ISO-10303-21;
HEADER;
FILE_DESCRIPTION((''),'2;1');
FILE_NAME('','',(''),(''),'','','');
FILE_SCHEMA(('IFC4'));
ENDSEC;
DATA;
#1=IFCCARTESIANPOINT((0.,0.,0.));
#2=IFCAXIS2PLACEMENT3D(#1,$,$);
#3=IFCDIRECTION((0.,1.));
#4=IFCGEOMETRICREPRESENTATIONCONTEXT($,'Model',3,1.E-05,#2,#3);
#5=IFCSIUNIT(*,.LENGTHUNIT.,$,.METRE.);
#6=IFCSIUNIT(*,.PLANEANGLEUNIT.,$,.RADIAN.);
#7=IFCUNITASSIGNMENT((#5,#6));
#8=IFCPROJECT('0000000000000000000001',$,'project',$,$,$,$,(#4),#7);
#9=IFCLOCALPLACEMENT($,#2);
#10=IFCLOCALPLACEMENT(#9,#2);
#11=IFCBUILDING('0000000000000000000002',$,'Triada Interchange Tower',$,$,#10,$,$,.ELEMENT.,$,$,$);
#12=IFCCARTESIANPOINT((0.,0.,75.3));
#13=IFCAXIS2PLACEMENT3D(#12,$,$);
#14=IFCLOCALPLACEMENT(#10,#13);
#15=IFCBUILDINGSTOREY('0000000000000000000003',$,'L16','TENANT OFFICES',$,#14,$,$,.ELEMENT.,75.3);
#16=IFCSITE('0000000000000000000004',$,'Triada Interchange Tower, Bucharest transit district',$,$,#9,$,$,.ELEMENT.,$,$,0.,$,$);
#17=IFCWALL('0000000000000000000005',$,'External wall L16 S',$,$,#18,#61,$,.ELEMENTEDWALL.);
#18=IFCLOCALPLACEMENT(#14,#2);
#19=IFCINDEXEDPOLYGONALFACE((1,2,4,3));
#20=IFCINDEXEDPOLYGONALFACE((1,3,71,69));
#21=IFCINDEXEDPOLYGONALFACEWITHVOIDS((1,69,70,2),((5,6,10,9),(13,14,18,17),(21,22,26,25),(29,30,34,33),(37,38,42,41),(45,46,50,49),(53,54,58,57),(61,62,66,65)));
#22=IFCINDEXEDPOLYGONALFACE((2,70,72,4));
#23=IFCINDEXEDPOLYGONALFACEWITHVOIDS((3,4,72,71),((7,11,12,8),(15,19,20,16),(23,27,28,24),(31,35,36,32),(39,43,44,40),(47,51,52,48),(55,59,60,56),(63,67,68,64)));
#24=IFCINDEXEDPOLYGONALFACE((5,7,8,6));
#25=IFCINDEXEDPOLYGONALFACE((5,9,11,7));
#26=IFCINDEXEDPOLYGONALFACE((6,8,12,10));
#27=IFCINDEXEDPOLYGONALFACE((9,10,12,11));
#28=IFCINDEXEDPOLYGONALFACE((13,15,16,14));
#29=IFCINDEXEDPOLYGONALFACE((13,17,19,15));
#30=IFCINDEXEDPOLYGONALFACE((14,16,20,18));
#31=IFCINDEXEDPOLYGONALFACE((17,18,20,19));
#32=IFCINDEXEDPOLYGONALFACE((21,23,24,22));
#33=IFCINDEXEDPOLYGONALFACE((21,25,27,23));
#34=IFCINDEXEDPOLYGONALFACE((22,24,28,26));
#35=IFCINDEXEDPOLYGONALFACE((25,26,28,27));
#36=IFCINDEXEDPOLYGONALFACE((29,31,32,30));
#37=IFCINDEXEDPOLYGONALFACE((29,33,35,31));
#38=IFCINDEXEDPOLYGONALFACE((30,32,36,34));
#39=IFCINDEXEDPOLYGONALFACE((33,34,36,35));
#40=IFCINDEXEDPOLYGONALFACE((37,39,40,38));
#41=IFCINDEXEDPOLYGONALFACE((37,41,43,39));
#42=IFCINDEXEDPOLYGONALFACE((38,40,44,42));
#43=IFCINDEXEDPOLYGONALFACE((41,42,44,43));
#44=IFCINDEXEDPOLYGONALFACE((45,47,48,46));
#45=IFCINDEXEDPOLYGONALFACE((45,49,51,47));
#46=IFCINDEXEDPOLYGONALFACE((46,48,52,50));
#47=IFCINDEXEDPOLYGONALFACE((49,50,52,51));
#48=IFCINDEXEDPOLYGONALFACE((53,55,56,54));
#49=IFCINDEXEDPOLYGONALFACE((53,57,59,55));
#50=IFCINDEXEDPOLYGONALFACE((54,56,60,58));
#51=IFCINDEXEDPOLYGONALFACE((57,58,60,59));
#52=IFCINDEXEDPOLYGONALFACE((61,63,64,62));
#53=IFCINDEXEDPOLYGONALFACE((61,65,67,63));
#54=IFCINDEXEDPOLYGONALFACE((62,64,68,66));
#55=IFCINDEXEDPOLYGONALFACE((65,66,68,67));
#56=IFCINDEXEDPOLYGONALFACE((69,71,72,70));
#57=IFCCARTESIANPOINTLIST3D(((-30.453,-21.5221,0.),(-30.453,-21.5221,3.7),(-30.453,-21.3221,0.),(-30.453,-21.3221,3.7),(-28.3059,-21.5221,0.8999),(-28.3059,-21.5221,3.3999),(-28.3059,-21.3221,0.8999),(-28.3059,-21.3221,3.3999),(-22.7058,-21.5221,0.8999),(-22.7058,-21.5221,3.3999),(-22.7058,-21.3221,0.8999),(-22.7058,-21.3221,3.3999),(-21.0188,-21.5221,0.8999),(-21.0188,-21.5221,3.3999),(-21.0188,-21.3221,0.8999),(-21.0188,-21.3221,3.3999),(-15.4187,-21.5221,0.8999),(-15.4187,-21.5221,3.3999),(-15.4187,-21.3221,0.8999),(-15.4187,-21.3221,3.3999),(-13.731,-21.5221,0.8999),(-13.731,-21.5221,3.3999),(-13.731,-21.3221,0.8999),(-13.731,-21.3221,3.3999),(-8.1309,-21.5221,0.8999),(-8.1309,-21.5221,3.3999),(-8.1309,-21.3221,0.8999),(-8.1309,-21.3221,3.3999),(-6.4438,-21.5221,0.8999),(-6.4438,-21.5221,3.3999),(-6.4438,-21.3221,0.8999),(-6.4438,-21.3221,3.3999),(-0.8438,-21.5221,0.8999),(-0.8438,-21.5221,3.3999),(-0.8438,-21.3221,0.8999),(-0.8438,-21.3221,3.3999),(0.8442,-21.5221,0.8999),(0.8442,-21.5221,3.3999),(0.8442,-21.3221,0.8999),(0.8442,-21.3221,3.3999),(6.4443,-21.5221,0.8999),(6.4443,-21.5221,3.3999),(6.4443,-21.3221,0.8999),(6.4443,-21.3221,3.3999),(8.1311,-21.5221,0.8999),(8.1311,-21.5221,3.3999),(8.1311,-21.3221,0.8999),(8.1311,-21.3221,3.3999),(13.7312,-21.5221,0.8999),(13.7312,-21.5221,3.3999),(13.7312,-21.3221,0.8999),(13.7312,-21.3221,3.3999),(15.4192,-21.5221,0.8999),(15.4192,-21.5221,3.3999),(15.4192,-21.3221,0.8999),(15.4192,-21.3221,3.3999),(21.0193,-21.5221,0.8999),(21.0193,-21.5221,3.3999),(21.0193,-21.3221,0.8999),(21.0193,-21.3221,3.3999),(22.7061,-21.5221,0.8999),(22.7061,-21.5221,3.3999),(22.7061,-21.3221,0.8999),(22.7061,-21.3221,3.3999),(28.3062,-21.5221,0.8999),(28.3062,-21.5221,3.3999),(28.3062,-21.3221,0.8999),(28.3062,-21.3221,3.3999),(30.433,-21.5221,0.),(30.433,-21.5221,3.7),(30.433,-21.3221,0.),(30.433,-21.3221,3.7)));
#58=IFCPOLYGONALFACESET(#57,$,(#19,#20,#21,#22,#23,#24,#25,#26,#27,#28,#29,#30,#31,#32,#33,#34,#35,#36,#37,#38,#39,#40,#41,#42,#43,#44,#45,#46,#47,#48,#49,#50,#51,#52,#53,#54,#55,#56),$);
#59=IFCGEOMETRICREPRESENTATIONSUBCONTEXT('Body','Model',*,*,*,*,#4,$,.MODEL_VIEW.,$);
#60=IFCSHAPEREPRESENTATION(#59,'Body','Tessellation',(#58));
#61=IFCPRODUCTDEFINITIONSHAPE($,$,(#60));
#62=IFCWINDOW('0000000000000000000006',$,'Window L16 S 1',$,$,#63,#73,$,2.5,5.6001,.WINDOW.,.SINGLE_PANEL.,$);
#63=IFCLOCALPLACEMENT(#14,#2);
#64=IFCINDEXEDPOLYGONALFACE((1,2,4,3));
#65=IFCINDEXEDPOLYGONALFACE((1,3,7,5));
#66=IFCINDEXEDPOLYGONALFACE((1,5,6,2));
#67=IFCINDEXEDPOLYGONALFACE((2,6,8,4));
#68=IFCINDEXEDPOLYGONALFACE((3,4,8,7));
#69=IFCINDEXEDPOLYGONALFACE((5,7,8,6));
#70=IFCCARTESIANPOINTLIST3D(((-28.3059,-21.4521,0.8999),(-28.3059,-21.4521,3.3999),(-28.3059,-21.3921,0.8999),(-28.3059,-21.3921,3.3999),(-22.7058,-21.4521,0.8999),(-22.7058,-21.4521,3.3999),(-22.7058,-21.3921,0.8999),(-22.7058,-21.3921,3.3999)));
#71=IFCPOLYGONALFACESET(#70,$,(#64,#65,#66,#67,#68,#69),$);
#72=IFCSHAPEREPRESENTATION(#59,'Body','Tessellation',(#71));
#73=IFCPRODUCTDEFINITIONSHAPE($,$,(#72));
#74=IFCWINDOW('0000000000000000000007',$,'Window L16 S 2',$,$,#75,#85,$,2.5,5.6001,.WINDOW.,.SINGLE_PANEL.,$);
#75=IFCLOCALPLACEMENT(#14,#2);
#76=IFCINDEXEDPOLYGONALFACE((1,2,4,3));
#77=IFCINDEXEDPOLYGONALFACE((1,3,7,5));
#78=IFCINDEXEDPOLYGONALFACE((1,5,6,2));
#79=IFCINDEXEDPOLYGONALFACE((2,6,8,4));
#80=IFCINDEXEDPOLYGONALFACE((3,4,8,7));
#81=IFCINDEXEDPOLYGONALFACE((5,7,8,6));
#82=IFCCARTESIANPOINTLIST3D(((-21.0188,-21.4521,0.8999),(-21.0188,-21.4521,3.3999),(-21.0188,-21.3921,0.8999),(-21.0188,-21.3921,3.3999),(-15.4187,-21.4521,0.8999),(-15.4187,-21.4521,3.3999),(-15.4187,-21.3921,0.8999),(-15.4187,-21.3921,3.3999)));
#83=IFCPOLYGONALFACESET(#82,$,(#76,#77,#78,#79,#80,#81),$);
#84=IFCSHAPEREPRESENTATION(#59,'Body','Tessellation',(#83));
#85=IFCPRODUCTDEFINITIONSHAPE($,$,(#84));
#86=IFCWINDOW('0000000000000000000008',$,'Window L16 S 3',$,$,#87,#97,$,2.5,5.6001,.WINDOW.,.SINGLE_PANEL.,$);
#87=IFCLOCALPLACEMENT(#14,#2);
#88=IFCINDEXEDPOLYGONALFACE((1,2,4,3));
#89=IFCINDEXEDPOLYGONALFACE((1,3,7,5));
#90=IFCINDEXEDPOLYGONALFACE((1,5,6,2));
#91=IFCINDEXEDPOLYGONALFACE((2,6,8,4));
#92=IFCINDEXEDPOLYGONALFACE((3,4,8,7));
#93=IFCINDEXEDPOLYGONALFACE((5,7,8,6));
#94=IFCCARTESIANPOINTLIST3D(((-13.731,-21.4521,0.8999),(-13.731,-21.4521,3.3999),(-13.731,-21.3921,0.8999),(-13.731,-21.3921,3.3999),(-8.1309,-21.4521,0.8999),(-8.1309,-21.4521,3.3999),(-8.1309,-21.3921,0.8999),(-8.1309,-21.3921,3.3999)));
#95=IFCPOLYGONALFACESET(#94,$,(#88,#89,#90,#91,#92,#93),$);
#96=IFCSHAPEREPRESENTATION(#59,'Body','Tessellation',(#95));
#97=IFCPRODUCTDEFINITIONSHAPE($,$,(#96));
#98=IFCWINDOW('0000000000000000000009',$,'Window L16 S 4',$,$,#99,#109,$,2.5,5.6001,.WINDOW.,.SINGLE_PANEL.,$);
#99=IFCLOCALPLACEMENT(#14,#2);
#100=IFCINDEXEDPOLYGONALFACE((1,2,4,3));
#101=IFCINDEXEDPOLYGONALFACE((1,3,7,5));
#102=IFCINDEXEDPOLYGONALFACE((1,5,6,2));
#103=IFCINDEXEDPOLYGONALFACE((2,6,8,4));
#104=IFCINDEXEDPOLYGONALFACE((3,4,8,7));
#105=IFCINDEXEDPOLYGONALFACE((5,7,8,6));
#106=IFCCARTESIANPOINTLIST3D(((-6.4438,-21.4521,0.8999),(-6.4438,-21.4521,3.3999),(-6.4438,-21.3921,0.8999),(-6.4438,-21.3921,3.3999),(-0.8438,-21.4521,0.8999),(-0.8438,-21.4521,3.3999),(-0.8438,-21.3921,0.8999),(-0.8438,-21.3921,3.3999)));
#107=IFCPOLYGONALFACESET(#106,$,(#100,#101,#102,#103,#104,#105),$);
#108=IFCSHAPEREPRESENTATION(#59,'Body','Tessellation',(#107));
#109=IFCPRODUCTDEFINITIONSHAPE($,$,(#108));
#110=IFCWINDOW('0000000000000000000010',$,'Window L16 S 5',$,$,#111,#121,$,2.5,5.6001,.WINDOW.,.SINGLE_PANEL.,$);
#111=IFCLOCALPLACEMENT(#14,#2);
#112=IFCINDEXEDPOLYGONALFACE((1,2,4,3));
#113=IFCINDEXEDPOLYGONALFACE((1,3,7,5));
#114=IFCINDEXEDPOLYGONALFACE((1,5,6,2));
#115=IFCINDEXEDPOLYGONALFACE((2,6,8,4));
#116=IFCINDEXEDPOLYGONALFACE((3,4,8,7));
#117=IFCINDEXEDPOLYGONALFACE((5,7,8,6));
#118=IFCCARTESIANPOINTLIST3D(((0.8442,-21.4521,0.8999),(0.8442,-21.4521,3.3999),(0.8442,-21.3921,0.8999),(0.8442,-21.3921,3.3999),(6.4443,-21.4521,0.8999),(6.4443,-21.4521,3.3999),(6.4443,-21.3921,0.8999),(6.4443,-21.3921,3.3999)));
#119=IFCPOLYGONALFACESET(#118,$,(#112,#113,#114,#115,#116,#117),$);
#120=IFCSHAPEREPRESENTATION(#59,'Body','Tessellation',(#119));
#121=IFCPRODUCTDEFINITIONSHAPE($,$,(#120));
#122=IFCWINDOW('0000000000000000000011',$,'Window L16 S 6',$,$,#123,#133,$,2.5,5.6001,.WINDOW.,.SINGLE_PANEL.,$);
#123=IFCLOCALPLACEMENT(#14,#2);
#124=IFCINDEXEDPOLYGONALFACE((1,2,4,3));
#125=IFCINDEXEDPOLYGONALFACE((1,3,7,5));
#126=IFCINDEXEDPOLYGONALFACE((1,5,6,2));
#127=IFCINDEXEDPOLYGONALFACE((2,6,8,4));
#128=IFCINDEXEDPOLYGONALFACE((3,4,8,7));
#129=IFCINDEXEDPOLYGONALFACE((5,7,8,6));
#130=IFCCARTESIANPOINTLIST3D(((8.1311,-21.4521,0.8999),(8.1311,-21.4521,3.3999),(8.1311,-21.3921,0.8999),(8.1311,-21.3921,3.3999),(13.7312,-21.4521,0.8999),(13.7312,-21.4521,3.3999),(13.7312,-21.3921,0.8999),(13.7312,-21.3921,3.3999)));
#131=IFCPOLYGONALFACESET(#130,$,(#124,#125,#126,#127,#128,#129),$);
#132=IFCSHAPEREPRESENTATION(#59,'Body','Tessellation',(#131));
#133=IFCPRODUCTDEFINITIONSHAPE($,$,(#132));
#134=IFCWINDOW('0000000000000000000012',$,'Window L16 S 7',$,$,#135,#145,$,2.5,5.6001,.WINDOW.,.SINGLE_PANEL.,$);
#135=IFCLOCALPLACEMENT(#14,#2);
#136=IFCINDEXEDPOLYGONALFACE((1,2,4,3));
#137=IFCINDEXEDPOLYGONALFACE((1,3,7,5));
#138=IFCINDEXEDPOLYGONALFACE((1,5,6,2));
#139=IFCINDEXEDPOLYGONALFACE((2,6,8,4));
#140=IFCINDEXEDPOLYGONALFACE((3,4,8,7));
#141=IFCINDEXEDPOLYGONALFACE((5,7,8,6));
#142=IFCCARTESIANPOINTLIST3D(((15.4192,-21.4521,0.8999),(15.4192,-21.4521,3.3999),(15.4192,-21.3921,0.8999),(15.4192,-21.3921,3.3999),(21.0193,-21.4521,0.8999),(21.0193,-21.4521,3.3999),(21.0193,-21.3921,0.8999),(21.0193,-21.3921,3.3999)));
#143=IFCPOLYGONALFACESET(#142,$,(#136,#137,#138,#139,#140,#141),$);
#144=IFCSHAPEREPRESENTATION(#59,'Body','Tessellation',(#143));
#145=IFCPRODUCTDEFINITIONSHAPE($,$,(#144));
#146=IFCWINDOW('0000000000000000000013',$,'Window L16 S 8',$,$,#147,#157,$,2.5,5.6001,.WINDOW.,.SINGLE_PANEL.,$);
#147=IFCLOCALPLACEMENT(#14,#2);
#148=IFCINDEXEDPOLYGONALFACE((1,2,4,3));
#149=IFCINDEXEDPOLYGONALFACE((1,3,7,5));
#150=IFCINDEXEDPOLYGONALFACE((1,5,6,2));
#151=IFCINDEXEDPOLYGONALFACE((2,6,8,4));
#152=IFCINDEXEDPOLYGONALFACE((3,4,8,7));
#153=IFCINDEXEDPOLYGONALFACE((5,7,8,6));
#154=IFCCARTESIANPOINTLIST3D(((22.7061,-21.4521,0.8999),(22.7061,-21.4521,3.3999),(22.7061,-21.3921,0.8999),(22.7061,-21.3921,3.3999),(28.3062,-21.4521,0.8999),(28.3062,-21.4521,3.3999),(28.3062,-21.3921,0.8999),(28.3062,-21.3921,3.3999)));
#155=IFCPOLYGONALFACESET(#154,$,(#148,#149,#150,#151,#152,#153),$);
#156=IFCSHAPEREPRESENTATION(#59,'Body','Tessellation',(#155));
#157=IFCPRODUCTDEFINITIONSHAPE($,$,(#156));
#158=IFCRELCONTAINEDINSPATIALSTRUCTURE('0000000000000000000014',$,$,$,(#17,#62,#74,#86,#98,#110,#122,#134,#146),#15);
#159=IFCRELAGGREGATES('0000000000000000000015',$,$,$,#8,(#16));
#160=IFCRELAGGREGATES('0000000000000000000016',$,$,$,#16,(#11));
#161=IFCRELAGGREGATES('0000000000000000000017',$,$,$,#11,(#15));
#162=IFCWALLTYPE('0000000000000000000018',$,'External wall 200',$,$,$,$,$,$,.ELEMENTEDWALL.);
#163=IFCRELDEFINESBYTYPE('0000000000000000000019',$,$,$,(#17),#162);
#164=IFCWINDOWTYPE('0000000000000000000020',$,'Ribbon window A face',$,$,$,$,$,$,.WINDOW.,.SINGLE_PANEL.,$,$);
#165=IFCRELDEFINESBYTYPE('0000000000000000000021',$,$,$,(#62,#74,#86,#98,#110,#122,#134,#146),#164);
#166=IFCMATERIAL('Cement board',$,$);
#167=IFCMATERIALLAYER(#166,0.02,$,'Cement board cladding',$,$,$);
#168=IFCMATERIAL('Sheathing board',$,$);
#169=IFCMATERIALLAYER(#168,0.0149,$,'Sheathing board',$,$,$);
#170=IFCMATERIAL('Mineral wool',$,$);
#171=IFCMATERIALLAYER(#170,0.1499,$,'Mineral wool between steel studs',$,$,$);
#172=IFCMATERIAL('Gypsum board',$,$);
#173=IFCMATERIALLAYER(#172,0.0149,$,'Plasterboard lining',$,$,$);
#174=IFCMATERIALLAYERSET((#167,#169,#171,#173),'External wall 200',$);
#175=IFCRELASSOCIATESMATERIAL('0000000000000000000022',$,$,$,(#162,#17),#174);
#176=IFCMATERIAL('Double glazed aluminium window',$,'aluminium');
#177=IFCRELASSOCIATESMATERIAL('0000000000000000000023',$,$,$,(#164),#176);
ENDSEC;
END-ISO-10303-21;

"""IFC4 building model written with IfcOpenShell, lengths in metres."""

from ifc_helpers import new_model, si_unit, direction, frame, frame_2d, origin, place, context, subcontext, project, spatial, rectangle, extrude, material, layer, layer_set, layer_usage, type_object, element, fill, save


model = new_model("IFC4")

# Units and contexts
model_context = context("Model", 3, precision=1e-05, world=origin(), true_north=direction((0.0, 1.0)))
body_context = subcontext(model_context, "Body", "Model", "MODEL_VIEW")
ifc_project = project(units=[si_unit("LENGTHUNIT", "METRE"), si_unit("PLANEANGLEUNIT", "RADIAN")], contexts=[model_context])

# Site, building, storey
site_placement = place(None, origin())
site = spatial("IfcSite", under=ifc_project, at=site_placement, Name="Triada Interchange Tower, Bucharest transit district", CompositionType="ELEMENT", RefElevation=0.0)
building_placement = place(site_placement, origin())
building = spatial("IfcBuilding", under=site, at=building_placement, Name="Triada Interchange Tower", CompositionType="ELEMENT")
storey_placement = place(building_placement, frame((0.0, 0.0, 75.3)))
storey = spatial("IfcBuildingStorey", under=building, at=storey_placement, Name="L16", Description="TENANT OFFICES", CompositionType="ELEMENT", Elevation=75.3)

# Shared definitions
ifc_material_1 = material(Name="Cement board")
ifc_layer_1 = layer(ifc_material_1, 0.02, Name="Cement board cladding")
ifc_material_2 = material(Name="Sheathing board")
ifc_layer_2 = layer(ifc_material_2, 0.0149, Name="Sheathing board")
ifc_material_3 = material(Name="Mineral wool")
ifc_layer_3 = layer(ifc_material_3, 0.1499, Name="Mineral wool between steel studs")
ifc_material_4 = material(Name="Gypsum board")
ifc_layer_4 = layer(ifc_material_4, 0.0149, Name="Plasterboard lining")
ifc_layer_set_1 = layer_set([ifc_layer_1, ifc_layer_2, ifc_layer_3, ifc_layer_4], Name="External wall 200")
ifc_layer_usage = layer_usage(ifc_layer_set_1, "AXIS2", "POSITIVE", -0.1001)
wall_type_1 = type_object("IfcWallType", Name="External wall 200", PredefinedType="ELEMENTEDWALL", material=ifc_layer_set_1)
ifc_material_5 = material(Name="Double glazed aluminium window", Category="aluminium")

# Wall, openings, windows
wall_1_placement = place(storey_placement, frame((-30.4529, -21.4221, 0.0), z_axis=(0.0, 0.0, 1.0), x_axis=(1.0, 0.0, 0.0)))
wall_1 = element("IfcWall", 1, at=wall_1_placement, inside=storey, type_object=wall_type_1, material=ifc_layer_usage, Name="External wall L16 S", PredefinedType="ELEMENTEDWALL", context=body_context, shape_type="SweptSolid", body=[
    extrude(rectangle(XDim=60.886, YDim=0.2, at=frame_2d((30.4429, 0.0))), origin(), (0.0, 0.0, 1.0), 3.7),
])
opening_1_placement = place(wall_1_placement, frame((2.147, 0.0, 0.8999)))
opening_1 = element("IfcOpeningElement", 2, at=opening_1_placement, cuts=wall_1, PredefinedType="OPENING", context=body_context, shape_type="SweptSolid", body=[
    extrude(rectangle(XDim=5.6001, YDim=2.5, at=frame_2d((2.8, 1.25))), frame((0.0, 0.1099, 0.0), z_axis=(0.0, -1.0, 0.0), x_axis=(1.0, 0.0, 0.0)), (0.0, 0.0, 1.0), 0.22),
])
opening_2_placement = place(wall_1_placement, frame((9.4341, 0.0, 0.8999)))
opening_2 = element("IfcOpeningElement", 3, at=opening_2_placement, cuts=wall_1, PredefinedType="OPENING", context=body_context, shape_type="SweptSolid", body=[
    extrude(rectangle(XDim=5.6001, YDim=2.5, at=frame_2d((2.8, 1.25))), frame((0.0, 0.1099, 0.0), z_axis=(0.0, -1.0, 0.0), x_axis=(1.0, 0.0, 0.0)), (0.0, 0.0, 1.0), 0.22),
])
opening_3_placement = place(wall_1_placement, frame((16.7219, 0.0, 0.8999)))
opening_3 = element("IfcOpeningElement", 4, at=opening_3_placement, cuts=wall_1, PredefinedType="OPENING", context=body_context, shape_type="SweptSolid", body=[
    extrude(rectangle(XDim=5.6001, YDim=2.5, at=frame_2d((2.8, 1.25))), frame((0.0, 0.1099, 0.0), z_axis=(0.0, -1.0, 0.0), x_axis=(1.0, 0.0, 0.0)), (0.0, 0.0, 1.0), 0.22),
])
opening_4_placement = place(wall_1_placement, frame((24.009, 0.0, 0.8999)))
opening_4 = element("IfcOpeningElement", 5, at=opening_4_placement, cuts=wall_1, PredefinedType="OPENING", context=body_context, shape_type="SweptSolid", body=[
    extrude(rectangle(XDim=5.6001, YDim=2.5, at=frame_2d((2.8, 1.25))), frame((0.0, 0.1099, 0.0), z_axis=(0.0, -1.0, 0.0), x_axis=(1.0, 0.0, 0.0)), (0.0, 0.0, 1.0), 0.22),
])
opening_5_placement = place(wall_1_placement, frame((31.2971, 0.0, 0.8999)))
opening_5 = element("IfcOpeningElement", 6, at=opening_5_placement, cuts=wall_1, PredefinedType="OPENING", context=body_context, shape_type="SweptSolid", body=[
    extrude(rectangle(XDim=5.6001, YDim=2.5, at=frame_2d((2.8, 1.25))), frame((0.0, 0.1099, 0.0), z_axis=(0.0, -1.0, 0.0), x_axis=(1.0, 0.0, 0.0)), (0.0, 0.0, 1.0), 0.22),
])
opening_6_placement = place(wall_1_placement, frame((38.584, 0.0, 0.8999)))
opening_6 = element("IfcOpeningElement", 7, at=opening_6_placement, cuts=wall_1, PredefinedType="OPENING", context=body_context, shape_type="SweptSolid", body=[
    extrude(rectangle(XDim=5.6001, YDim=2.5, at=frame_2d((2.8, 1.25))), frame((0.0, 0.1099, 0.0), z_axis=(0.0, -1.0, 0.0), x_axis=(1.0, 0.0, 0.0)), (0.0, 0.0, 1.0), 0.22),
])
opening_7_placement = place(wall_1_placement, frame((45.8721, 0.0, 0.8999)))
opening_7 = element("IfcOpeningElement", 8, at=opening_7_placement, cuts=wall_1, PredefinedType="OPENING", context=body_context, shape_type="SweptSolid", body=[
    extrude(rectangle(XDim=5.6001, YDim=2.5, at=frame_2d((2.8, 1.25))), frame((0.0, 0.1099, 0.0), z_axis=(0.0, -1.0, 0.0), x_axis=(1.0, 0.0, 0.0)), (0.0, 0.0, 1.0), 0.22),
])
opening_8_placement = place(wall_1_placement, frame((53.1589, 0.0, 0.8999)))
opening_8 = element("IfcOpeningElement", 9, at=opening_8_placement, cuts=wall_1, PredefinedType="OPENING", context=body_context, shape_type="SweptSolid", body=[
    extrude(rectangle(XDim=5.6001, YDim=2.5, at=frame_2d((2.8, 1.25))), frame((0.0, 0.1099, 0.0), z_axis=(0.0, -1.0, 0.0), x_axis=(1.0, 0.0, 0.0)), (0.0, 0.0, 1.0), 0.22),
])
window_type_1 = type_object("IfcWindowType", Name="Ribbon window A face", PartitioningType="SINGLE_PANEL", PredefinedType="WINDOW", material=ifc_material_5)
window_1_placement = place(opening_1_placement, origin())
window_1 = element("IfcWindow", 10, at=window_1_placement, inside=storey, type_object=window_type_1, Name="Window L16 S 1", OverallHeight=2.5, OverallWidth=5.6001, PartitioningType="SINGLE_PANEL", PredefinedType="WINDOW", context=body_context, shape_type="SweptSolid", body=[
    extrude(rectangle(XDim=5.6001, YDim=2.5, at=frame_2d((2.8, 1.25))), frame((0.0, 0.03, 0.0), z_axis=(0.0, -1.0, 0.0), x_axis=(1.0, 0.0, 0.0)), (0.0, 0.0, 1.0), 0.0601),
])
fill(opening_1, window_1)
window_2_placement = place(opening_2_placement, origin())
window_2 = element("IfcWindow", 11, at=window_2_placement, inside=storey, type_object=window_type_1, Name="Window L16 S 2", OverallHeight=2.5, OverallWidth=5.6001, PartitioningType="SINGLE_PANEL", PredefinedType="WINDOW", context=body_context, shape_type="SweptSolid", body=[
    extrude(rectangle(XDim=5.6001, YDim=2.5, at=frame_2d((2.8, 1.25))), frame((0.0, 0.03, 0.0), z_axis=(0.0, -1.0, 0.0), x_axis=(1.0, 0.0, 0.0)), (0.0, 0.0, 1.0), 0.0601),
])
fill(opening_2, window_2)
window_3_placement = place(opening_3_placement, origin())
window_3 = element("IfcWindow", 12, at=window_3_placement, inside=storey, type_object=window_type_1, Name="Window L16 S 3", OverallHeight=2.5, OverallWidth=5.6001, PartitioningType="SINGLE_PANEL", PredefinedType="WINDOW", context=body_context, shape_type="SweptSolid", body=[
    extrude(rectangle(XDim=5.6001, YDim=2.5, at=frame_2d((2.8, 1.25))), frame((0.0, 0.03, 0.0), z_axis=(0.0, -1.0, 0.0), x_axis=(1.0, 0.0, 0.0)), (0.0, 0.0, 1.0), 0.0601),
])
fill(opening_3, window_3)
window_4_placement = place(opening_4_placement, origin())
window_4 = element("IfcWindow", 13, at=window_4_placement, inside=storey, type_object=window_type_1, Name="Window L16 S 4", OverallHeight=2.5, OverallWidth=5.6001, PartitioningType="SINGLE_PANEL", PredefinedType="WINDOW", context=body_context, shape_type="SweptSolid", body=[
    extrude(rectangle(XDim=5.6001, YDim=2.5, at=frame_2d((2.8, 1.25))), frame((0.0, 0.03, 0.0), z_axis=(0.0, -1.0, 0.0), x_axis=(1.0, 0.0, 0.0)), (0.0, 0.0, 1.0), 0.0601),
])
fill(opening_4, window_4)
window_5_placement = place(opening_5_placement, origin())
window_5 = element("IfcWindow", 14, at=window_5_placement, inside=storey, type_object=window_type_1, Name="Window L16 S 5", OverallHeight=2.5, OverallWidth=5.6001, PartitioningType="SINGLE_PANEL", PredefinedType="WINDOW", context=body_context, shape_type="SweptSolid", body=[
    extrude(rectangle(XDim=5.6001, YDim=2.5, at=frame_2d((2.8, 1.25))), frame((0.0, 0.03, 0.0), z_axis=(0.0, -1.0, 0.0), x_axis=(1.0, 0.0, 0.0)), (0.0, 0.0, 1.0), 0.0601),
])
fill(opening_5, window_5)
window_6_placement = place(opening_6_placement, origin())
window_6 = element("IfcWindow", 15, at=window_6_placement, inside=storey, type_object=window_type_1, Name="Window L16 S 6", OverallHeight=2.5, OverallWidth=5.6001, PartitioningType="SINGLE_PANEL", PredefinedType="WINDOW", context=body_context, shape_type="SweptSolid", body=[
    extrude(rectangle(XDim=5.6001, YDim=2.5, at=frame_2d((2.8, 1.25))), frame((0.0, 0.03, 0.0), z_axis=(0.0, -1.0, 0.0), x_axis=(1.0, 0.0, 0.0)), (0.0, 0.0, 1.0), 0.0601),
])
fill(opening_6, window_6)
window_7_placement = place(opening_7_placement, origin())
window_7 = element("IfcWindow", 16, at=window_7_placement, inside=storey, type_object=window_type_1, Name="Window L16 S 7", OverallHeight=2.5, OverallWidth=5.6001, PartitioningType="SINGLE_PANEL", PredefinedType="WINDOW", context=body_context, shape_type="SweptSolid", body=[
    extrude(rectangle(XDim=5.6001, YDim=2.5, at=frame_2d((2.8, 1.25))), frame((0.0, 0.03, 0.0), z_axis=(0.0, -1.0, 0.0), x_axis=(1.0, 0.0, 0.0)), (0.0, 0.0, 1.0), 0.0601),
])
fill(opening_7, window_7)
window_8_placement = place(opening_8_placement, origin())
window_8 = element("IfcWindow", 17, at=window_8_placement, inside=storey, type_object=window_type_1, Name="Window L16 S 8", OverallHeight=2.5, OverallWidth=5.6001, PartitioningType="SINGLE_PANEL", PredefinedType="WINDOW", context=body_context, shape_type="SweptSolid", body=[
    extrude(rectangle(XDim=5.6001, YDim=2.5, at=frame_2d((2.8, 1.25))), frame((0.0, 0.03, 0.0), z_axis=(0.0, -1.0, 0.0), x_axis=(1.0, 0.0, 0.0)), (0.0, 0.0, 1.0), 0.0601),
])
fill(opening_8, window_8)

save(model, "model.ifc")
